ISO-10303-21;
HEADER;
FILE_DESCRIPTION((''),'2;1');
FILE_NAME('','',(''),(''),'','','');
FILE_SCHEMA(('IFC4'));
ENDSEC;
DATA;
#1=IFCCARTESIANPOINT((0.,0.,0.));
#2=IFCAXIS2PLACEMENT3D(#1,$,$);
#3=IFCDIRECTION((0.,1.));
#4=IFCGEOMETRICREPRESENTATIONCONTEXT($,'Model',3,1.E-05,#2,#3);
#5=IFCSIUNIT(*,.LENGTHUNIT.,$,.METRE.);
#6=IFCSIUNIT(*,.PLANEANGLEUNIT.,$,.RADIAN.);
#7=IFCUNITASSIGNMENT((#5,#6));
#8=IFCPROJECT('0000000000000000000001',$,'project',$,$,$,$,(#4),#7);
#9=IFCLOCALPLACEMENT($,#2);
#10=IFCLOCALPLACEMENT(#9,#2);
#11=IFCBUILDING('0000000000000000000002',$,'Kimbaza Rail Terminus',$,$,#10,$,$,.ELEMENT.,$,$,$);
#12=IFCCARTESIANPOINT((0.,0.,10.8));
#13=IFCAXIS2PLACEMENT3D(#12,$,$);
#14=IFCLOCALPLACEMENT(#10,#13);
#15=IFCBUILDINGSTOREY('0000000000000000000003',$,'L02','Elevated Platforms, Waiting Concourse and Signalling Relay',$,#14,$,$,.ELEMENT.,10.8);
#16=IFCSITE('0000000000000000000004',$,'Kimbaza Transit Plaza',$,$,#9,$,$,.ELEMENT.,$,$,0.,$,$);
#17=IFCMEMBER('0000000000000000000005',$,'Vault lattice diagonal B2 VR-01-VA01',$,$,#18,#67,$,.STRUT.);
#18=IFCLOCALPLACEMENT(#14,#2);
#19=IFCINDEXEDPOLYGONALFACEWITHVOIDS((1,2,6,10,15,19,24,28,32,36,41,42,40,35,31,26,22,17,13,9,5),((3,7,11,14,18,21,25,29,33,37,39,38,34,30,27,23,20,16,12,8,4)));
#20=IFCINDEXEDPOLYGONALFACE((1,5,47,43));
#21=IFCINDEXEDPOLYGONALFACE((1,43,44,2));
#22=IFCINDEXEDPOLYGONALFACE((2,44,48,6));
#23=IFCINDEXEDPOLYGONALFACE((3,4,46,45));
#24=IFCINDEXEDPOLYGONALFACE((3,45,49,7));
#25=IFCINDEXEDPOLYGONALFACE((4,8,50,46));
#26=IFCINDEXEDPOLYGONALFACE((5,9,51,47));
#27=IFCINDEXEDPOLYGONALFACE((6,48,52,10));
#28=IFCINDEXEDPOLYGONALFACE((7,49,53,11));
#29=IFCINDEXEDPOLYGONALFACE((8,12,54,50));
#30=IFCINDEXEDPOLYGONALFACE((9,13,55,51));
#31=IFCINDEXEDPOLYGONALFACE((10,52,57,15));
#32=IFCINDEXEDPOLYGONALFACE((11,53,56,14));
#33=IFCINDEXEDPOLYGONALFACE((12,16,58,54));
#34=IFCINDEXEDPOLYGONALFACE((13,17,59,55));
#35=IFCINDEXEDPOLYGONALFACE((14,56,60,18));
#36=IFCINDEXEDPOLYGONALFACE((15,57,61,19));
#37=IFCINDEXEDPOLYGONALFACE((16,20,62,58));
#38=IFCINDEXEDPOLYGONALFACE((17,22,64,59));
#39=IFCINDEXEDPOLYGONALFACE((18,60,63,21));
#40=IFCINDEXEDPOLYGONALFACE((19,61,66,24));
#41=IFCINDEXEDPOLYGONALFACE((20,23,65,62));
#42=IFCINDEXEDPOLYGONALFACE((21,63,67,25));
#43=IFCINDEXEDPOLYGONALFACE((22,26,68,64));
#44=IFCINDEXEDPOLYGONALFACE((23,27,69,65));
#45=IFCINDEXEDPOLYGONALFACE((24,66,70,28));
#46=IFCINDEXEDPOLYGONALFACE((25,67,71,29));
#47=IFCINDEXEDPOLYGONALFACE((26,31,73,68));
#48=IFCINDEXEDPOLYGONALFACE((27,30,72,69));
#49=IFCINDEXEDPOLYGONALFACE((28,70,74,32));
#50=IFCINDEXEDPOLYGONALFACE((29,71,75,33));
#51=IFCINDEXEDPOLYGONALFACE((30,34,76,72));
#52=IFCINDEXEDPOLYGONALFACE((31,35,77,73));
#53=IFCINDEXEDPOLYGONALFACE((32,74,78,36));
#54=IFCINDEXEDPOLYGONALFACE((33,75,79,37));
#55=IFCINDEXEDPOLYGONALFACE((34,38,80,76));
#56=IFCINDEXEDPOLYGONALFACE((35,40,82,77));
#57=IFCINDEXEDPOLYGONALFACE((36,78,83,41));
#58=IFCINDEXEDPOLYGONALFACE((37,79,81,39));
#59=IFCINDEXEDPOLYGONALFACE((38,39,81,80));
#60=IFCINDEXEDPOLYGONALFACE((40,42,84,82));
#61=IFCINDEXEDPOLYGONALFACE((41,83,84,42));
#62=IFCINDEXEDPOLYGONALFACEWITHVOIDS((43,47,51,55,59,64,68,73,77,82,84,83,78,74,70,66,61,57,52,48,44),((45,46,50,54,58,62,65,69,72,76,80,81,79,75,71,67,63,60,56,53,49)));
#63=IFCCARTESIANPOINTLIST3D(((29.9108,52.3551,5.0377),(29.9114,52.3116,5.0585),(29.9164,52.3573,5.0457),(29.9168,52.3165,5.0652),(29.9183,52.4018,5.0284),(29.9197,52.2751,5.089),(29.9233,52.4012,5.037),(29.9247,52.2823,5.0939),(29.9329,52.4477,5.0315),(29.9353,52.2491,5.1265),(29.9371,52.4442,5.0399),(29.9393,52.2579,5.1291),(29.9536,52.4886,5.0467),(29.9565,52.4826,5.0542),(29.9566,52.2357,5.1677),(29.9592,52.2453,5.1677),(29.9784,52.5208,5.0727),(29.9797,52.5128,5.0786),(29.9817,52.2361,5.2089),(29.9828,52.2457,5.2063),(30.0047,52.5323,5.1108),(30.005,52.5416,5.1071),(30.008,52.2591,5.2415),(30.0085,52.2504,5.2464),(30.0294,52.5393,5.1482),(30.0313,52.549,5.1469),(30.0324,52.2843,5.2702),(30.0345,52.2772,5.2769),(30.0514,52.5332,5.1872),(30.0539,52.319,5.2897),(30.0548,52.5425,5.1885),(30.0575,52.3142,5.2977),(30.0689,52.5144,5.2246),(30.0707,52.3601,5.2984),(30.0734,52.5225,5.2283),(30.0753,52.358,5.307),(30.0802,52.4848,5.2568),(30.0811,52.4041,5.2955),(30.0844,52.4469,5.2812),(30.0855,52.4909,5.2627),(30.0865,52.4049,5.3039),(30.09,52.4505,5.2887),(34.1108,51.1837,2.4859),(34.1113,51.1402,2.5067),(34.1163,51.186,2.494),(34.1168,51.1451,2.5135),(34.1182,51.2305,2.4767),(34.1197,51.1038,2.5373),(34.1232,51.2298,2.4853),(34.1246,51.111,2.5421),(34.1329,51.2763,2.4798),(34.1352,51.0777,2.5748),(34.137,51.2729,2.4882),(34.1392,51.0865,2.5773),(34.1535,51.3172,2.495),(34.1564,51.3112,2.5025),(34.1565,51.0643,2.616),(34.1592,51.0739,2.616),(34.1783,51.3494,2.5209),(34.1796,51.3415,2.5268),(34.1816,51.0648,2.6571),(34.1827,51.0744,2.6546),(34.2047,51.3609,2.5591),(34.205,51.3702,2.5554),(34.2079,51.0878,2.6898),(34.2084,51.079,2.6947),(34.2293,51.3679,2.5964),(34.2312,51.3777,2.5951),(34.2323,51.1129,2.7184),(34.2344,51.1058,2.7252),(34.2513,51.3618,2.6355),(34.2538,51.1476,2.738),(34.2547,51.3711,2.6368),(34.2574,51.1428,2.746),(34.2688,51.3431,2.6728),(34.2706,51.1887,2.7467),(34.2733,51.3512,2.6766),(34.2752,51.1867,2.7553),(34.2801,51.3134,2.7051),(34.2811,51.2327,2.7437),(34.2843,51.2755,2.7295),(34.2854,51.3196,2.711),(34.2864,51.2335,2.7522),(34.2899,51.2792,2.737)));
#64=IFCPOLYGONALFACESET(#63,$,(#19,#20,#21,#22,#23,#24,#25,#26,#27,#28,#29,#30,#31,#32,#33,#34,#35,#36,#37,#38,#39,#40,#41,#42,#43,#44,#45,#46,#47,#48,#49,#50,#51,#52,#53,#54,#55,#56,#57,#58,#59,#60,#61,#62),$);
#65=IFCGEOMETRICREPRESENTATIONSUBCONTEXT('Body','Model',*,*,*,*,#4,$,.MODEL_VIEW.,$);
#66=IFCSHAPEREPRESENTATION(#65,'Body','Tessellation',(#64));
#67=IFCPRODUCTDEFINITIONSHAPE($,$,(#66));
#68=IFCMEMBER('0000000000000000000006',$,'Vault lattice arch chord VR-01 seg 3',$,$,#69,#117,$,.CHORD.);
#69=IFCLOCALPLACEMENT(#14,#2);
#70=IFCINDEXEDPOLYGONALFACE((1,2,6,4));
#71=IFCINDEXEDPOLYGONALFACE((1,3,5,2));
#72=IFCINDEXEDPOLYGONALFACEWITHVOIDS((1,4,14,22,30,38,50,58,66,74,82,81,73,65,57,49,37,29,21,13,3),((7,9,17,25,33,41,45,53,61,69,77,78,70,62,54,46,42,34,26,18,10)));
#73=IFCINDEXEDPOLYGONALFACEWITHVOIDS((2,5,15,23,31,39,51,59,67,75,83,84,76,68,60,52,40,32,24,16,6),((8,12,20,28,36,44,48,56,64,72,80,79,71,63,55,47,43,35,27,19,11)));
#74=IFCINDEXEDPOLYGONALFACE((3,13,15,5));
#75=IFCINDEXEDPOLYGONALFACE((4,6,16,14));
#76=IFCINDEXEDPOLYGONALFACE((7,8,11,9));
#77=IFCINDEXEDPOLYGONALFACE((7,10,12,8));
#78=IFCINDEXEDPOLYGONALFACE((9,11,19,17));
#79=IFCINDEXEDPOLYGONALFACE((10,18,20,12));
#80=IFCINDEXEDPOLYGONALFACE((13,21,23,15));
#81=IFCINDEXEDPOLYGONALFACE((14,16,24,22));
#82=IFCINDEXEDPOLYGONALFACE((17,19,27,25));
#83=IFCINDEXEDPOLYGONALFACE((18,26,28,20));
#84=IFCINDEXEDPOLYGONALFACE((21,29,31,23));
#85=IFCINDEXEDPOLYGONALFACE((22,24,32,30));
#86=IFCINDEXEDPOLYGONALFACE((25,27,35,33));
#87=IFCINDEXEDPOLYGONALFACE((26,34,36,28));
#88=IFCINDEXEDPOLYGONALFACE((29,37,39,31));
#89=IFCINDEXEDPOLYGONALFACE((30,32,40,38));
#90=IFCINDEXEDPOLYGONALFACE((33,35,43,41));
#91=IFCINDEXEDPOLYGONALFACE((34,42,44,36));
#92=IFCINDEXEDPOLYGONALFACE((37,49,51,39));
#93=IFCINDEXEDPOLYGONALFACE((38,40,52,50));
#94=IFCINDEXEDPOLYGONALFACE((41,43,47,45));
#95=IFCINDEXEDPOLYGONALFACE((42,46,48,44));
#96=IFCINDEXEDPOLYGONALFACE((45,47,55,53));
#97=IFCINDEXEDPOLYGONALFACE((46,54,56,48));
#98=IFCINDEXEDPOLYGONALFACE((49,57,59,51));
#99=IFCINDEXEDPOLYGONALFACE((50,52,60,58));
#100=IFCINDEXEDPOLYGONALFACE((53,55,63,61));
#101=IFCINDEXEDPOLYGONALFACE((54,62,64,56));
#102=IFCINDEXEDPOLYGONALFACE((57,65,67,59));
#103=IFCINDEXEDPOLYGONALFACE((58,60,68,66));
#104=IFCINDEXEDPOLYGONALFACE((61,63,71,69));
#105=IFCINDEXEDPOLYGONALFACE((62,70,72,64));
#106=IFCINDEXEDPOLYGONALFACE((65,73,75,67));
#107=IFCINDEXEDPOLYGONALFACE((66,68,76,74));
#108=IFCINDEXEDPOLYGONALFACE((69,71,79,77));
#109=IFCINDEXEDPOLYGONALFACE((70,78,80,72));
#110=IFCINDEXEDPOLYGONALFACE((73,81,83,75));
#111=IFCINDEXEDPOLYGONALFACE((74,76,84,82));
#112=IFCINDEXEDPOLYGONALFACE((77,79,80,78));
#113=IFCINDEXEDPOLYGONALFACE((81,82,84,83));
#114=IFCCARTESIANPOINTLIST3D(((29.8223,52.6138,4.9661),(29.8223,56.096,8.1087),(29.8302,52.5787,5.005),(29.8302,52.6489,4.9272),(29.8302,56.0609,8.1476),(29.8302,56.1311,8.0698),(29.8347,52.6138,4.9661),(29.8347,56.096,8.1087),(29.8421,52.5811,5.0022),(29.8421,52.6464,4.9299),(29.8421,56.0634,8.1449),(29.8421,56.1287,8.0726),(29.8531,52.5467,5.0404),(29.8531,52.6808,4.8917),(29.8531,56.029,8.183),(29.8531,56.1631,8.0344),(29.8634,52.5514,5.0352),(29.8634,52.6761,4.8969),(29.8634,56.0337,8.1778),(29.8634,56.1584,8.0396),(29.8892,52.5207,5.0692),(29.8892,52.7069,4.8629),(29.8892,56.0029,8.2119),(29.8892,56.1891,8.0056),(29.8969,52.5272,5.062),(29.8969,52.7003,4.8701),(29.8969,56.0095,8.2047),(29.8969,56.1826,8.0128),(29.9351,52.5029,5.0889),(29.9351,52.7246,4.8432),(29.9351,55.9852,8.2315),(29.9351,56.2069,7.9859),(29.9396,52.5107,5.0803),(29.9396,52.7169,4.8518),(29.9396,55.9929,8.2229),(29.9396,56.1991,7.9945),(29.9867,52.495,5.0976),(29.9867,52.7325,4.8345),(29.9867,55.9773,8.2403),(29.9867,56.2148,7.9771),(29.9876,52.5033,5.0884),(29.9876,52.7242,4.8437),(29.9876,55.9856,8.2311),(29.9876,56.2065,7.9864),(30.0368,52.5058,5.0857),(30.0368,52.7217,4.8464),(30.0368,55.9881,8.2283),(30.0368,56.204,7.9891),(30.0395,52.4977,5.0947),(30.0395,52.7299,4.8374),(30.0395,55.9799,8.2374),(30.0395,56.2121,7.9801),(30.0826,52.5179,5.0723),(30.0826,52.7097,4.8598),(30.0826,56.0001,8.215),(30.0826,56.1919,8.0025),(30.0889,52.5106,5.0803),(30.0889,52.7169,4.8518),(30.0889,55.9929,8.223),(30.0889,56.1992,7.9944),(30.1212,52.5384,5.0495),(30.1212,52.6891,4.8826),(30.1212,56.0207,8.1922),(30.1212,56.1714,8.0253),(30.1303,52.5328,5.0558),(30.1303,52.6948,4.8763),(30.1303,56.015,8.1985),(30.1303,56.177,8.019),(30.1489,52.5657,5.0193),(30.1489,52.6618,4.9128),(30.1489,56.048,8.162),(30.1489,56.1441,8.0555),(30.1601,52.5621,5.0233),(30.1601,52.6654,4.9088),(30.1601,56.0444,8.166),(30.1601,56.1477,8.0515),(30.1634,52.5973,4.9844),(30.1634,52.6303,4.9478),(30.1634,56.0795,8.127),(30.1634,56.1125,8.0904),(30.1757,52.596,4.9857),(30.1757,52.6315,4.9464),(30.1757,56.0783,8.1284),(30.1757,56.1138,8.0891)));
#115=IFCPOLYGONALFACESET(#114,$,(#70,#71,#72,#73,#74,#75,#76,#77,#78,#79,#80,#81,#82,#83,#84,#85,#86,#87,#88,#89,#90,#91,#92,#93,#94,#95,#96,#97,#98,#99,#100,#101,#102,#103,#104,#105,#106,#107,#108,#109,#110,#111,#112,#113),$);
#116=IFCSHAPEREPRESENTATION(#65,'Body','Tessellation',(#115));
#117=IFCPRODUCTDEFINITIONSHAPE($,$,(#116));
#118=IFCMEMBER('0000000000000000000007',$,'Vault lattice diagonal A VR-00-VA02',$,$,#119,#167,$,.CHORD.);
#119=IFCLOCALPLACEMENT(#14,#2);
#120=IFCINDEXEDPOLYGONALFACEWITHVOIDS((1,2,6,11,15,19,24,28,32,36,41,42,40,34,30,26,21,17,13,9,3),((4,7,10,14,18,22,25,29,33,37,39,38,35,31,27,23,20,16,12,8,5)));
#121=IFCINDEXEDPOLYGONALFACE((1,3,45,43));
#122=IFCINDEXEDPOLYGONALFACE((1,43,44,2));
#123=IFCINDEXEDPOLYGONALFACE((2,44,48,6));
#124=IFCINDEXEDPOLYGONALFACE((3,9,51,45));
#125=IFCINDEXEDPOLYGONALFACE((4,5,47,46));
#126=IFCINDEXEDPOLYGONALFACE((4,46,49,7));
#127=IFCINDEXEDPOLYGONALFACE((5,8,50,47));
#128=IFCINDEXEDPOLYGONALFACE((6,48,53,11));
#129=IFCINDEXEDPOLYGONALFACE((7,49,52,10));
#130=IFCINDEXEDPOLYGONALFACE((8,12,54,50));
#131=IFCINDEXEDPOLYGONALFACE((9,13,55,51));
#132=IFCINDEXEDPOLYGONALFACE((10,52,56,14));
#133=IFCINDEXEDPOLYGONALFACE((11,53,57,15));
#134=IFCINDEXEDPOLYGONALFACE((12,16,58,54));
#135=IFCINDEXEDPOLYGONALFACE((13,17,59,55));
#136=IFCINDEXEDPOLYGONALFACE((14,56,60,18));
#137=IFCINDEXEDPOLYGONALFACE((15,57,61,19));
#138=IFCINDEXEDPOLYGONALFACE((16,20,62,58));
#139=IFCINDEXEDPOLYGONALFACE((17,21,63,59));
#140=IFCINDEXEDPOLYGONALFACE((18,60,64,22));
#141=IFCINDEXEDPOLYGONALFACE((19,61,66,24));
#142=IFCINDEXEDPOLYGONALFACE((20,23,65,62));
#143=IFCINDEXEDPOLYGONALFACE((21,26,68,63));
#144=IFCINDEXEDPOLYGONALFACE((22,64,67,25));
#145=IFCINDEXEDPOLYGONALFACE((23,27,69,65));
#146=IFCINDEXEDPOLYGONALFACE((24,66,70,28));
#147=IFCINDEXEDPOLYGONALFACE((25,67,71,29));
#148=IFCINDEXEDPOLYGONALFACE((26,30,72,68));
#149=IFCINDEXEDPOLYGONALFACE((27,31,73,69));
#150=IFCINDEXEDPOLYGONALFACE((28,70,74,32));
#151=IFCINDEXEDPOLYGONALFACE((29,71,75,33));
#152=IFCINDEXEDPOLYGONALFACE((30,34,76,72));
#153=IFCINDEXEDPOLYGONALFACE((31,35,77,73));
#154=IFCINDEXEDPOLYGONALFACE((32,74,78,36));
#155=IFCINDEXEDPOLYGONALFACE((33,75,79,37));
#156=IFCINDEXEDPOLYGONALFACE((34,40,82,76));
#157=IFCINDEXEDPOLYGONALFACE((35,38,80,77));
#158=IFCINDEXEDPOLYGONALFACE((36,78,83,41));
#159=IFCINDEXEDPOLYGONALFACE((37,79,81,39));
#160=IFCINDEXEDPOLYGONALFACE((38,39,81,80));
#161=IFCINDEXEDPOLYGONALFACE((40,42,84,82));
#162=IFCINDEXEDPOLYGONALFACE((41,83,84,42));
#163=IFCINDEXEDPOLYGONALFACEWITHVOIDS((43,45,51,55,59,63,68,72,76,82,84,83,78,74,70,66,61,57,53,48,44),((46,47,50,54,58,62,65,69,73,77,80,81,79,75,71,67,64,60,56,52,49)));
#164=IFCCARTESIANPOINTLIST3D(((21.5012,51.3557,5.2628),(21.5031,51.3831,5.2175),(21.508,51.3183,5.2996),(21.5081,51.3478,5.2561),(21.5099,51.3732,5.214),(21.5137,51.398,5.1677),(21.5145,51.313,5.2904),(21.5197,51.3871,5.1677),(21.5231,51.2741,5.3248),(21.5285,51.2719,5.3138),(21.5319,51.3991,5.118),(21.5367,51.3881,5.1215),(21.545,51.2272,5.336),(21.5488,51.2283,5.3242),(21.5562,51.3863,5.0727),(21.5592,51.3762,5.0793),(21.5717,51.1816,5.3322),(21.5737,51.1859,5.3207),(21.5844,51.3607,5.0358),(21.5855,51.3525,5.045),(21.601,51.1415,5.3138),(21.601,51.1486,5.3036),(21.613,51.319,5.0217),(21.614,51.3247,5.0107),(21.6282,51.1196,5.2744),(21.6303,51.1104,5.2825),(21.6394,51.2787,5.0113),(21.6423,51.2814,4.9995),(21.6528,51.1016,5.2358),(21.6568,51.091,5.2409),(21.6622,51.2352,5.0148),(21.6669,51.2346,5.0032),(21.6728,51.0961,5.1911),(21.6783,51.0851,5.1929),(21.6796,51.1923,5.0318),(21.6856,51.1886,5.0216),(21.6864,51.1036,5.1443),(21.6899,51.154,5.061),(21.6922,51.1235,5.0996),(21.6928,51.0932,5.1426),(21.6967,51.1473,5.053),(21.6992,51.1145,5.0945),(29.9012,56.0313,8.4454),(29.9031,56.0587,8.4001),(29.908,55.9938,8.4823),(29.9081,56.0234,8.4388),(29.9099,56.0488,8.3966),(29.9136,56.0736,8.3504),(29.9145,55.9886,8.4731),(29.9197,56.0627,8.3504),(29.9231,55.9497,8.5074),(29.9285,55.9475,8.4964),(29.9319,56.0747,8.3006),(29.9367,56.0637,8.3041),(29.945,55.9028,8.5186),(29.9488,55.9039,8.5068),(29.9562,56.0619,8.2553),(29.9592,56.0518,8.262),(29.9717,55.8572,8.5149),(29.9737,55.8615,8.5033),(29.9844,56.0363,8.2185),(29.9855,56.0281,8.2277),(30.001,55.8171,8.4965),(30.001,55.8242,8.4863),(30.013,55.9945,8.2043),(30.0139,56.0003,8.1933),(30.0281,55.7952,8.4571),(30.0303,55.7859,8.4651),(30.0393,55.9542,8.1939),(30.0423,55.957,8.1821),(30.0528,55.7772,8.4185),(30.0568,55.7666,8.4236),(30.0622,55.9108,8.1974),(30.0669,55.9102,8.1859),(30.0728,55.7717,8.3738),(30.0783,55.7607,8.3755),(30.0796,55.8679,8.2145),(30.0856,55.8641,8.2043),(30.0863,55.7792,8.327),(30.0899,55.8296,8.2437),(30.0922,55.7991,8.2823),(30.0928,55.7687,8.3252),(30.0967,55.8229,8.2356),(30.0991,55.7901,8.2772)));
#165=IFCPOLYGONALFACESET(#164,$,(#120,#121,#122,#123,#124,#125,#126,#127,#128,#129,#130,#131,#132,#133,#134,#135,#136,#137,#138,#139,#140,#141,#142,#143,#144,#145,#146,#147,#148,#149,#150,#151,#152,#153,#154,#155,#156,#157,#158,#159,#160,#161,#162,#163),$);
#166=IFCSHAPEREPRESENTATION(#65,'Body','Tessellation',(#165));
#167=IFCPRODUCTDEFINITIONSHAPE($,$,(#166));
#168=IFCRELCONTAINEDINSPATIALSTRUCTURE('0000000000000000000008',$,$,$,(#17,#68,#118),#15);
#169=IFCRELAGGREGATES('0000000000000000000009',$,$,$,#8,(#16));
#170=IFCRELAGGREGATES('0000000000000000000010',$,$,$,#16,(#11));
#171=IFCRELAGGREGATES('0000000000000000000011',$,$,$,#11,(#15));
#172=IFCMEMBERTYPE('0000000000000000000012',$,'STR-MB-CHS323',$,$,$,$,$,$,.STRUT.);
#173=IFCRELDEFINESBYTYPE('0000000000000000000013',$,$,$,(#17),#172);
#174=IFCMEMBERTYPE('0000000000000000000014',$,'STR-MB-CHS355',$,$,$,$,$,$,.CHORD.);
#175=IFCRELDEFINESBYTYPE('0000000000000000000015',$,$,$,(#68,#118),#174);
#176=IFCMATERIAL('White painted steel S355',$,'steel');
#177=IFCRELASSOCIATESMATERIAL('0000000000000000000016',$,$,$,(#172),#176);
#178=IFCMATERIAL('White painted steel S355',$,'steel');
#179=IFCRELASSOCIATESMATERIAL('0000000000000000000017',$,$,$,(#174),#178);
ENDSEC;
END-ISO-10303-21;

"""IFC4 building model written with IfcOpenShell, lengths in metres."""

from ifc_helpers import new_model, si_unit, direction, frame, origin, origin_2d, place, context, subcontext, project, spatial, hollow_circle, extrude, material, material_profile, profile_set, type_object, element, save


model = new_model("IFC4")

# Units and contexts
model_context = context("Model", 3, precision=1e-05, world=origin(), true_north=direction((0.0, 1.0)))
body_context = subcontext(model_context, "Body", "Model", "MODEL_VIEW")
ifc_project = project(units=[si_unit("LENGTHUNIT", "METRE"), si_unit("PLANEANGLEUNIT", "RADIAN")], contexts=[model_context])

# Site, building, storey
site_placement = place(None, origin())
site = spatial("IfcSite", under=ifc_project, at=site_placement, Name="Kimbaza Transit Plaza", CompositionType="ELEMENT", RefElevation=0.0)
building_placement = place(site_placement, origin())
building = spatial("IfcBuilding", under=site, at=building_placement, Name="Kimbaza Rail Terminus", CompositionType="ELEMENT")
storey_placement = place(building_placement, frame((0.0, 0.0, 10.8)))
storey = spatial("IfcBuildingStorey", under=building, at=storey_placement, Name="L02", Description="Elevated Platforms, Waiting Concourse and Signalling Relay", CompositionType="ELEMENT", Elevation=10.8)

# Members
ifc_material_1 = material(Name="White painted steel S355", Category="steel")
ifc_material_profile_1 = material_profile(ifc_material_1, hollow_circle(Radius=0.1619, WallThickness=0.01, at=origin_2d()), Name="CHS 323.9x10")
ifc_profile_set_1 = profile_set([ifc_material_profile_1], Name="White painted steel S355")
member_type_1 = type_object("IfcMemberType", Name="STR-MB-CHS323", PredefinedType="STRUT", material=ifc_profile_set_1)
for number, where, z_axis, x_axis, name in (
    (1, (34.2, 51.2202, 2.616), (-0.831336, 0.231864, 0.505094), (-0.268652, -0.963237, 0.0), "Vault lattice diagonal B2 VR-01-VA01"),
):
    element("IfcMember", number, at=place(storey_placement, frame(where, z_axis=z_axis, x_axis=x_axis)), inside=storey, type_object=member_type_1, Name=name, PredefinedType="STRUT", context=body_context, shape_type="SweptSolid", body=[
        extrude(hollow_circle(Radius=0.1619, WallThickness=0.01, at=origin_2d()), origin(), (0.0, 0.0, 1.0), 5.052),
    ])
ifc_material_2 = material(Name="White painted steel S355", Category="steel")
ifc_material_profile_2 = material_profile(ifc_material_2, hollow_circle(Radius=0.1777, WallThickness=0.0125, at=origin_2d()), Name="CHS 355.6x12.5")
ifc_profile_set_2 = profile_set([ifc_material_profile_2], Name="White painted steel S355")
member_type_2 = type_object("IfcMemberType", Name="STR-MB-CHS355", PredefinedType="CHORD", material=ifc_profile_set_2)
member_1_placement = place(storey_placement, frame((30.0, 52.6138, 4.9661), z_axis=(0.0, 0.74238, 0.669979), x_axis=(-1.0, 0.0, 0.0)))
element("IfcMember", 2, at=member_1_placement, inside=storey, type_object=member_type_2, Name="Vault lattice arch chord VR-01 seg 3", PredefinedType="CHORD", context=body_context, shape_type="SweptSolid", body=[
    extrude(hollow_circle(Radius=0.1777, WallThickness=0.0125, at=origin_2d()), origin(), (0.0, 0.0, 1.0), 4.6907),
])
member_2_placement = place(storey_placement, frame((21.6001, 51.2427, 5.1677), z_axis=(0.829489, 0.461708, 0.314283), x_axis=(-0.486352, 0.873763, 0.0)))
element("IfcMember", 3, at=member_2_placement, inside=storey, type_object=member_type_2, Name="Vault lattice diagonal A VR-00-VA02", PredefinedType="CHORD", context=body_context, shape_type="SweptSolid", body=[
    extrude(hollow_circle(Radius=0.1777, WallThickness=0.0125, at=origin_2d()), origin(), (0.0, 0.0, 1.0), 10.1267),
])

save(model, "model.ifc")
